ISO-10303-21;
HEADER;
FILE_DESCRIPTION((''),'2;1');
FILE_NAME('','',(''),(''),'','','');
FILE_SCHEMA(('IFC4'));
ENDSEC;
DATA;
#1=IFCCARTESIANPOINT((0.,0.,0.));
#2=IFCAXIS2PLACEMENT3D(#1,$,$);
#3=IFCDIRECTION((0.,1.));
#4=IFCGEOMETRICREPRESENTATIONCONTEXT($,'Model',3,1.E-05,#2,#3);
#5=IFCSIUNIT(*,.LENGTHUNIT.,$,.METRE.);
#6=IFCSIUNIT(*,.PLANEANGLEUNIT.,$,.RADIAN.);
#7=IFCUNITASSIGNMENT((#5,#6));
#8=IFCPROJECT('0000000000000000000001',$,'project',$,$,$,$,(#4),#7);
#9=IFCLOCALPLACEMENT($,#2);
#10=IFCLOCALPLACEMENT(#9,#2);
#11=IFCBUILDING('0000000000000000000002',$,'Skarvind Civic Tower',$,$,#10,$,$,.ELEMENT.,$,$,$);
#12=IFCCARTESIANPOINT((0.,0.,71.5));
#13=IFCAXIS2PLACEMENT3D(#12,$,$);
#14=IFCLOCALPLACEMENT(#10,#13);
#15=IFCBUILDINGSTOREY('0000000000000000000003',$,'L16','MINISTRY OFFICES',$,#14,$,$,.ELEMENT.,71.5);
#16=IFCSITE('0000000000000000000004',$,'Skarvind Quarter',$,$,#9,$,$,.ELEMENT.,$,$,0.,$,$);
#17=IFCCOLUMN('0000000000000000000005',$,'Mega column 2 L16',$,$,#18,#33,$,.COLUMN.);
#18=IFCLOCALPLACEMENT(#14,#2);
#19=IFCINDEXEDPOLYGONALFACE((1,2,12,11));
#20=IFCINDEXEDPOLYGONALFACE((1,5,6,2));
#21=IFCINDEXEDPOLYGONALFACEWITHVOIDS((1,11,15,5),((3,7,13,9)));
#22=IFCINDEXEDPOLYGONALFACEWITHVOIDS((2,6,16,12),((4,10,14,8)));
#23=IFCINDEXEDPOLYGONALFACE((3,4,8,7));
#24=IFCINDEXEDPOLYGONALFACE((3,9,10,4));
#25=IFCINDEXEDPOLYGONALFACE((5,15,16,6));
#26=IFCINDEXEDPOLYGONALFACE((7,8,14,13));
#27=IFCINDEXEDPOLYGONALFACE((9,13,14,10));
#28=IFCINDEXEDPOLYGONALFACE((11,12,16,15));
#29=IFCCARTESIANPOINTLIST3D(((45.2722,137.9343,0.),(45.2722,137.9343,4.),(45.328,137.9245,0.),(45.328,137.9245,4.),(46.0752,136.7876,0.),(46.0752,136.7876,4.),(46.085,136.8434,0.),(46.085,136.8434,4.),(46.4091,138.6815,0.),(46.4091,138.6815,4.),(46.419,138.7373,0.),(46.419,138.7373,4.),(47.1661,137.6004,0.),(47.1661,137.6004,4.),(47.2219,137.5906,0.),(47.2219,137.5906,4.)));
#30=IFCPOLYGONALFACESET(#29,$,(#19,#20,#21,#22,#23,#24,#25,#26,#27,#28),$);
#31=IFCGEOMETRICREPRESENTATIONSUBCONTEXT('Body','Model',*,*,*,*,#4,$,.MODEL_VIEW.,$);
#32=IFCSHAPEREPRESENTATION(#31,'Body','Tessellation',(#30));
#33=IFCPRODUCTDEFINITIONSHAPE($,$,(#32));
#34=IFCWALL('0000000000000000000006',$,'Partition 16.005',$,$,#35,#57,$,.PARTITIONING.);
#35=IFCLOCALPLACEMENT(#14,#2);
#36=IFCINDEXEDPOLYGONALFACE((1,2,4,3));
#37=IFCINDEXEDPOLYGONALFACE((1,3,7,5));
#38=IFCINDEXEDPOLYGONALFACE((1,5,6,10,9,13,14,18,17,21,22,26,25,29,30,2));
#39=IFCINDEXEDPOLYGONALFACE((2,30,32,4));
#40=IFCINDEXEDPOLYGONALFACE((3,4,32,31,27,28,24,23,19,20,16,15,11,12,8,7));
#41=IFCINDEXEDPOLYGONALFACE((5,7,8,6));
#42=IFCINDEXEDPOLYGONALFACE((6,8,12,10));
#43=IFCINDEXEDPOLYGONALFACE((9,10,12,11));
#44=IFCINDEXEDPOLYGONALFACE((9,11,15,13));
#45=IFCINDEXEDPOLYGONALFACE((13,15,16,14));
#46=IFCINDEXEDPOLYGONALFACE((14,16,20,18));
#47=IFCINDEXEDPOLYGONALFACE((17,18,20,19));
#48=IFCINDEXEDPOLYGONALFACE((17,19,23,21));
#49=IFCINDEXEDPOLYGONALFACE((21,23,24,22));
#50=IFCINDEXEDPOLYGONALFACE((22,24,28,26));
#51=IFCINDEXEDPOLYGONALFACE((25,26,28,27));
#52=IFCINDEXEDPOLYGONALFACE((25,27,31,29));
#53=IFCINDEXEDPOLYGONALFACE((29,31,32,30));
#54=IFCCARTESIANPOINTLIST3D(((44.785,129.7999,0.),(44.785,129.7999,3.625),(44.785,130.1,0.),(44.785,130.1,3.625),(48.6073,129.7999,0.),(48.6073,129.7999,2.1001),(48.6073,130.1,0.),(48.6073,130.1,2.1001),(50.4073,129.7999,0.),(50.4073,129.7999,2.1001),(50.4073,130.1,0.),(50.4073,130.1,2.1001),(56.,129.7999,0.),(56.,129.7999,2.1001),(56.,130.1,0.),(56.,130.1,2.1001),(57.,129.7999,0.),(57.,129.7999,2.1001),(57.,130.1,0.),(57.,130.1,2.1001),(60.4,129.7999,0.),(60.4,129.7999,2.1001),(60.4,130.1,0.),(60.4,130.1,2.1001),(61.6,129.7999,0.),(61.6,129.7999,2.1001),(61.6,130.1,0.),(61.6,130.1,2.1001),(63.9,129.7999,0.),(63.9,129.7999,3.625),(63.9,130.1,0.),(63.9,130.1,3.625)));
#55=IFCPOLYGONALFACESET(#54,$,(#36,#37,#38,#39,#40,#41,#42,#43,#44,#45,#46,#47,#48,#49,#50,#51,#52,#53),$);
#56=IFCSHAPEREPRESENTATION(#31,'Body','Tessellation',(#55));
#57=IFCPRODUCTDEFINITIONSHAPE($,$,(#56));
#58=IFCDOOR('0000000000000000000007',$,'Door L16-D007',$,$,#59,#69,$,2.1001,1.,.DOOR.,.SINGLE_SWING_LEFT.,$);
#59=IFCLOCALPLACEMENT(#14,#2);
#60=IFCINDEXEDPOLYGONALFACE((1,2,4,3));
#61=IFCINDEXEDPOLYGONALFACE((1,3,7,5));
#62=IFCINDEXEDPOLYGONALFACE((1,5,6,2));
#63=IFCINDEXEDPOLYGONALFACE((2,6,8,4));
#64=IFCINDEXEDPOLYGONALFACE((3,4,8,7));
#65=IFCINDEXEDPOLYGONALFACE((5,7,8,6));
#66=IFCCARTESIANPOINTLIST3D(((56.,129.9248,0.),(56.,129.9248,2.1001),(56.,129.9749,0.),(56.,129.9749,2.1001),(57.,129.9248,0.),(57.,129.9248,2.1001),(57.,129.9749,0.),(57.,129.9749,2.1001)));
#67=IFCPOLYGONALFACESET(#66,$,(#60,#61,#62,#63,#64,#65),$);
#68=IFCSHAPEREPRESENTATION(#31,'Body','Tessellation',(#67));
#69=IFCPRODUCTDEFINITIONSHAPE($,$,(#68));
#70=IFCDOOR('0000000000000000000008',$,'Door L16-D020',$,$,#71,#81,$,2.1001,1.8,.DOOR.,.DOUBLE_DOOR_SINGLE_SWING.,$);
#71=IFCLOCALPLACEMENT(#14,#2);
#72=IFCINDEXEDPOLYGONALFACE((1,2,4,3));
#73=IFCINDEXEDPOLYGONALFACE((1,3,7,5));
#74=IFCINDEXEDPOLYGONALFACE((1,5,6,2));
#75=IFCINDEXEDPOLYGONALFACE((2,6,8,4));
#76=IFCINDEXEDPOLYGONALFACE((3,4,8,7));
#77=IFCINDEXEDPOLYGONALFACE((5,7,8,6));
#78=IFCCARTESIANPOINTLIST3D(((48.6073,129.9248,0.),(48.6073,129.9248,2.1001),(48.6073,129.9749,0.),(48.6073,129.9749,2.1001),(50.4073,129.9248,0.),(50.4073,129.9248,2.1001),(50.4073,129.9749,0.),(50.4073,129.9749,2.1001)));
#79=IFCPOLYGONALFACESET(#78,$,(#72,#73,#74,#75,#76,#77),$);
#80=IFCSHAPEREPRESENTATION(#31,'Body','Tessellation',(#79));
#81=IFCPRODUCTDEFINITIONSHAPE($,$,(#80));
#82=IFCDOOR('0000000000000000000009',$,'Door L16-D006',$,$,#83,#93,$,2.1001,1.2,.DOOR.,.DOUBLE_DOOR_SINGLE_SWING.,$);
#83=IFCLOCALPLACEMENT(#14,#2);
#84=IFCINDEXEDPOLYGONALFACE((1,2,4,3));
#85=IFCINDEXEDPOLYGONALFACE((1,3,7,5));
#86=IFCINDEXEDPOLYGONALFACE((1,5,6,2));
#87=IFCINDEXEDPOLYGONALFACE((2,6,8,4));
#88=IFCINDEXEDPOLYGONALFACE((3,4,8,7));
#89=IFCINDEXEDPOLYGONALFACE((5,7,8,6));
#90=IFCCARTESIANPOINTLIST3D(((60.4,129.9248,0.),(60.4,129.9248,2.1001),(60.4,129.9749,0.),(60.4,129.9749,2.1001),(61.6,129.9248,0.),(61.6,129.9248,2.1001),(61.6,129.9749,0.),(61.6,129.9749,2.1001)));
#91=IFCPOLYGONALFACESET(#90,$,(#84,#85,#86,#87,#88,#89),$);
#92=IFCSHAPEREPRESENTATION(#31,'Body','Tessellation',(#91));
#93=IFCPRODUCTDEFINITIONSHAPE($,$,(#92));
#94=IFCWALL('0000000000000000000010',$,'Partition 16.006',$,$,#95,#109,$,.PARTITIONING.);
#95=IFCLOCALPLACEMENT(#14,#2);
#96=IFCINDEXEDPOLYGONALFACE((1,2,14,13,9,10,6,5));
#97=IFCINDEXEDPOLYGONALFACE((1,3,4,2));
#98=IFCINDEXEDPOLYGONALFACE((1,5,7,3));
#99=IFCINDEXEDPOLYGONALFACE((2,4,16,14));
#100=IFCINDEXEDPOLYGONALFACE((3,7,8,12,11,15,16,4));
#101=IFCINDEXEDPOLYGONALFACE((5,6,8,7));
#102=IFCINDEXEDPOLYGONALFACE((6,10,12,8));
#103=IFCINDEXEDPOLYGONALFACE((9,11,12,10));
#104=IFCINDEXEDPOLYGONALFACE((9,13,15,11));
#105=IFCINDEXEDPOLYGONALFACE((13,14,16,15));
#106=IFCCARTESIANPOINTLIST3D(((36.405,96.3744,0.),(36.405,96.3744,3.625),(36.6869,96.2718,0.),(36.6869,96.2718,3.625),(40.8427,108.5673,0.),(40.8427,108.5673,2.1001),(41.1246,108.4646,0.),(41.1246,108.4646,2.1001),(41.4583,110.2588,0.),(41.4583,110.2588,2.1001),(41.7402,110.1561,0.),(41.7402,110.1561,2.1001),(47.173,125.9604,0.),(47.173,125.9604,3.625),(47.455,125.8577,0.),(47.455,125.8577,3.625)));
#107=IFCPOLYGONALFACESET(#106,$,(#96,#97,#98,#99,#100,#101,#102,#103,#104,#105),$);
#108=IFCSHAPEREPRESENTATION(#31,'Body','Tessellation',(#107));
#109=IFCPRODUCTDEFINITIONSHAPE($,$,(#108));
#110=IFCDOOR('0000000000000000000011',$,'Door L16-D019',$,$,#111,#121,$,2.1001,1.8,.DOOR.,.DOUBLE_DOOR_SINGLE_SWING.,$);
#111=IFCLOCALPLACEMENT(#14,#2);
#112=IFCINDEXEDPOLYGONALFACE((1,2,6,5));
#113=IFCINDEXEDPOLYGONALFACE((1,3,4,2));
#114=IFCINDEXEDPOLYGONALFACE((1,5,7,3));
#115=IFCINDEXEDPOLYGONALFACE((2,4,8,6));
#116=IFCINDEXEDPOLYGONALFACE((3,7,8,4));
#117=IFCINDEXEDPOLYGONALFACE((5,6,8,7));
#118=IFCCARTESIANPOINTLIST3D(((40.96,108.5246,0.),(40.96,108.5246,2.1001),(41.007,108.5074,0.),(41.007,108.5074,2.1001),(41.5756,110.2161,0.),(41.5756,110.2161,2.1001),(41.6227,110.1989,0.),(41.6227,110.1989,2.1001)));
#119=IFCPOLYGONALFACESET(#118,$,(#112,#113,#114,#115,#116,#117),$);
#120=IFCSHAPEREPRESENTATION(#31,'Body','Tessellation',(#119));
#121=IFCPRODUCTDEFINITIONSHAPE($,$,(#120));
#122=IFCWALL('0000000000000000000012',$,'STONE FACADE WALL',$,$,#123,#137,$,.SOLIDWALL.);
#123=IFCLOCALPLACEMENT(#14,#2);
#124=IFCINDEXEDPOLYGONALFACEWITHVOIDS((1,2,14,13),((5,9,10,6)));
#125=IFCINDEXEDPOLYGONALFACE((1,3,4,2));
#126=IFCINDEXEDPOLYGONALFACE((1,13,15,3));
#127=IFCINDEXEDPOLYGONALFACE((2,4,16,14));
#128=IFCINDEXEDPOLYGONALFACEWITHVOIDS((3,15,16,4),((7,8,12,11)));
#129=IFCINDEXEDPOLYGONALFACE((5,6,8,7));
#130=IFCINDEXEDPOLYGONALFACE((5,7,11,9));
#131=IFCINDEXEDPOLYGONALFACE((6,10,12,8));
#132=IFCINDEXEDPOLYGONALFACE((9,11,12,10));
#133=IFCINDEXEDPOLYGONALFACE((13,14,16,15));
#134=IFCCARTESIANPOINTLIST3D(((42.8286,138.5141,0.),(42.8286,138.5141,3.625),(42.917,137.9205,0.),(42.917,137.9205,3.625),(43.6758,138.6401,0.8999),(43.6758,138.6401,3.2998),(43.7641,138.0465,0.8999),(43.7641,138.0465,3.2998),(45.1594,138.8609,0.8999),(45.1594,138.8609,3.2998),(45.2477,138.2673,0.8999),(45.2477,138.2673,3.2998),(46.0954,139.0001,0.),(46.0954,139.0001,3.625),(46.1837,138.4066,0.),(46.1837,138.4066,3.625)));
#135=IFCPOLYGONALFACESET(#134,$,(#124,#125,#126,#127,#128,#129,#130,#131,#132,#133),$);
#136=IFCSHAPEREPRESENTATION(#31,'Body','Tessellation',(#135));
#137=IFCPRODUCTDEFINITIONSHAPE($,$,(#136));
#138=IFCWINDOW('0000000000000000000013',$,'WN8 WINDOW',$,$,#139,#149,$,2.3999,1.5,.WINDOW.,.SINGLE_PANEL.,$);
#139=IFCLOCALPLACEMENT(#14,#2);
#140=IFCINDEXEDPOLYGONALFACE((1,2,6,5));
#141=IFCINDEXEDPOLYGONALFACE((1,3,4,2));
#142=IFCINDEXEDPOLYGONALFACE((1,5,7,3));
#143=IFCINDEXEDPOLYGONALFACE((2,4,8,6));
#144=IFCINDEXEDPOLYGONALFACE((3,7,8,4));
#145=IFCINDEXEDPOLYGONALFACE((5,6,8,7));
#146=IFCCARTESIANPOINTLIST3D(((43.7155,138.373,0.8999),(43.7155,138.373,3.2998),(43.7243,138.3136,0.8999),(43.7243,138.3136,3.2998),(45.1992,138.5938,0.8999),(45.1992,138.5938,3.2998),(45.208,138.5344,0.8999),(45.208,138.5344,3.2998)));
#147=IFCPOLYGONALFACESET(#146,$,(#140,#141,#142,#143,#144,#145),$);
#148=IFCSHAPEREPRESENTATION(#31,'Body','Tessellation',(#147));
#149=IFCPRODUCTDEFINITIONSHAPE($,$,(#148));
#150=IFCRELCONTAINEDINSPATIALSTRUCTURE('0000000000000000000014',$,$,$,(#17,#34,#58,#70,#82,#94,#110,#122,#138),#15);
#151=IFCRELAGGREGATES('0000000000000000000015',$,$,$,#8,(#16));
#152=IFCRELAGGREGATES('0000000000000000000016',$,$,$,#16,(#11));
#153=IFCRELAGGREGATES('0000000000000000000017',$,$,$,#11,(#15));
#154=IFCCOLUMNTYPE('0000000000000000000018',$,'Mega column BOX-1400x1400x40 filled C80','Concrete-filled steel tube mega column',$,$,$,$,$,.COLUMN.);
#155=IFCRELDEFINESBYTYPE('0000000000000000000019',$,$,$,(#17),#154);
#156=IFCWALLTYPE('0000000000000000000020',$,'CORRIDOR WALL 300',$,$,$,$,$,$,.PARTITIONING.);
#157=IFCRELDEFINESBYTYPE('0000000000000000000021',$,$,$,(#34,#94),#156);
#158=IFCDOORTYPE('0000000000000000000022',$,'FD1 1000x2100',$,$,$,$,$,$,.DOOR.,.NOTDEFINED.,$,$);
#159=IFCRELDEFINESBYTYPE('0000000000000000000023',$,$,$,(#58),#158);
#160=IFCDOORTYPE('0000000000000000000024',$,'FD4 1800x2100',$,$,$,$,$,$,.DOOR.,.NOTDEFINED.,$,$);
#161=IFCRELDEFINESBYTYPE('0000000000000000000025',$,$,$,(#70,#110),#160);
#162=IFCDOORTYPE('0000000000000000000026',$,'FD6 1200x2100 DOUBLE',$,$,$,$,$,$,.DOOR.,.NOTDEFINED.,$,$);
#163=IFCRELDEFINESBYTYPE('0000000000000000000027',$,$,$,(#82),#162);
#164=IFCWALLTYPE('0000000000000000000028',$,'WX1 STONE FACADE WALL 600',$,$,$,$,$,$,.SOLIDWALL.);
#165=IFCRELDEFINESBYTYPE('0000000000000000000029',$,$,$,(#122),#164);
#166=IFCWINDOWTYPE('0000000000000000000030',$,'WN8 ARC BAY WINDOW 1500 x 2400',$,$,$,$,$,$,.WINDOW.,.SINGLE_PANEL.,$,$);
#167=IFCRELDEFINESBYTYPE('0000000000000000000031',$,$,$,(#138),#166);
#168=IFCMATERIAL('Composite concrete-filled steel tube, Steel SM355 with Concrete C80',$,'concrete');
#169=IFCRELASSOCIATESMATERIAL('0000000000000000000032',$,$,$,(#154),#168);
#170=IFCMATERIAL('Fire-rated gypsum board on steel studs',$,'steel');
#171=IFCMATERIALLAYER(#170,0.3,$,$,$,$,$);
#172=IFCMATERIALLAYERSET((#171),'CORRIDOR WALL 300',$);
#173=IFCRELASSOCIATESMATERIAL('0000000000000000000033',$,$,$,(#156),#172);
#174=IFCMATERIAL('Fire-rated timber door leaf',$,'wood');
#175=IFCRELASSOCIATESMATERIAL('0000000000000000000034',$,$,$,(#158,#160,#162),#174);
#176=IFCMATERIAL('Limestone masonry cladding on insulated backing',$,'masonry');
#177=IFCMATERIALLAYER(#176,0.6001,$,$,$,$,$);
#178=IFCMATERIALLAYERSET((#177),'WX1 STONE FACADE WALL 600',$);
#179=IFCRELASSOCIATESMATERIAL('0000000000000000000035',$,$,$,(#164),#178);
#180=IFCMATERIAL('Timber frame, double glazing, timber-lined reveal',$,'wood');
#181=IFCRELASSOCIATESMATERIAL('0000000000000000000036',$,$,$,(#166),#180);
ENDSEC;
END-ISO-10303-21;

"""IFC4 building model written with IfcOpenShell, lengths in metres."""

from ifc_helpers import new_model, si_unit, direction, frame, frame_2d, origin, origin_2d, place, context, subcontext, project, spatial, rectangle, hollow_rectangle, extrude, material, layer, layer_set, material_profile, profile_set, type_object, element, fill, save


model = new_model("IFC4")

# Units and contexts
model_context = context("Model", 3, precision=1e-05, world=origin(), true_north=direction((0.0, 1.0)))
body_context = subcontext(model_context, "Body", "Model", "MODEL_VIEW")
ifc_project = project(units=[si_unit("LENGTHUNIT", "METRE"), si_unit("PLANEANGLEUNIT", "RADIAN")], contexts=[model_context])

# Site, building, storey
site_placement = place(None, origin())
site = spatial("IfcSite", under=ifc_project, at=site_placement, Name="Skarvind Quarter", CompositionType="ELEMENT", RefElevation=0.0)
building_placement = place(site_placement, origin())
building = spatial("IfcBuilding", under=site, at=building_placement, Name="Skarvind Civic Tower", CompositionType="ELEMENT")
storey_placement = place(building_placement, frame((0.0, 0.0, 71.5)))
storey = spatial("IfcBuildingStorey", under=building, at=storey_placement, Name="L16", Description="MINISTRY OFFICES", CompositionType="ELEMENT", Elevation=71.5)

# Column
ifc_material_1 = material(Name="Composite concrete-filled steel tube, Steel SM355 with Concrete C80", Category="concrete")
ifc_material_profile = material_profile(ifc_material_1, hollow_rectangle(XDim=1.3999, YDim=1.3999, WallThickness=0.04, at=origin_2d()), Name="BOX-1400x1400x40")
ifc_profile_set = profile_set([ifc_material_profile], Name="Composite concrete-filled steel tube, Steel SM355 with Concrete C80")
column_type = type_object("IfcColumnType", Name="Mega column BOX-1400x1400x40 filled C80", Description="Concrete-filled steel tube mega column", PredefinedType="COLUMN", material=ifc_profile_set)
column_placement = place(storey_placement, frame((46.2471, 137.7625, 0.0), z_axis=(0.0, 0.0, 1.0), x_axis=(0.573576, -0.819152, 0.0)))
element("IfcColumn", 1, at=column_placement, inside=storey, type_object=column_type, Name="Mega column 2 L16", PredefinedType="COLUMN", context=body_context, shape_type="SweptSolid", body=[
    extrude(hollow_rectangle(XDim=1.3999, YDim=1.3999, WallThickness=0.04, at=origin_2d()), origin(), (0.0, 0.0, 1.0), 4.0),
])

# Wall, openings, doors
ifc_material_2 = material(Name="Fire-rated gypsum board on steel studs", Category="steel")
ifc_layer_1 = layer(ifc_material_2, 0.3)
ifc_layer_set_1 = layer_set([ifc_layer_1], Name="CORRIDOR WALL 300")
wall_type_1 = type_object("IfcWallType", Name="CORRIDOR WALL 300", PredefinedType="PARTITIONING", material=ifc_layer_set_1)
wall_1_placement = place(storey_placement, frame((44.7849, 129.95, 0.0), z_axis=(0.0, 0.0, 1.0), x_axis=(1.0, 0.0, 0.0)))
wall_1 = element("IfcWall", 2, at=wall_1_placement, inside=storey, type_object=wall_type_1, Name="Partition 16.005", PredefinedType="PARTITIONING", context=body_context, shape_type="SweptSolid", body=[
    extrude(rectangle(XDim=19.115, YDim=0.3, at=frame_2d((9.5576, 0.0))), origin(), (0.0, 0.0, 1.0), 3.625),
])
opening_1_placement = place(wall_1_placement, frame((15.615, 0.0, 0.0)))
opening_1 = element("IfcOpeningElement", 3, at=opening_1_placement, cuts=wall_1, PredefinedType="OPENING", context=body_context, shape_type="SweptSolid", body=[
    extrude(rectangle(XDim=1.2, YDim=2.1001, at=frame_2d((0.6001, 1.05))), frame((0.0, 0.1599, 0.0), z_axis=(0.0, -1.0, 0.0), x_axis=(1.0, 0.0, 0.0)), (0.0, 0.0, 1.0), 0.3201),
])
opening_2_placement = place(wall_1_placement, frame((11.2151, 0.0, 0.0)))
opening_2 = element("IfcOpeningElement", 4, at=opening_2_placement, cuts=wall_1, PredefinedType="OPENING", context=body_context, shape_type="SweptSolid", body=[
    extrude(rectangle(XDim=1.0, YDim=2.1001, at=frame_2d((0.5, 1.05))), frame((0.0, 0.1599, 0.0), z_axis=(0.0, -1.0, 0.0), x_axis=(1.0, 0.0, 0.0)), (0.0, 0.0, 1.0), 0.3201),
])
opening_3_placement = place(wall_1_placement, frame((3.8225, 0.0, 0.0)))
opening_3 = element("IfcOpeningElement", 5, at=opening_3_placement, cuts=wall_1, PredefinedType="OPENING", context=body_context, shape_type="SweptSolid", body=[
    extrude(rectangle(XDim=1.8, YDim=2.1001, at=frame_2d((0.8999, 1.05))), frame((0.0, 0.1599, 0.0), z_axis=(0.0, -1.0, 0.0), x_axis=(1.0, 0.0, 0.0)), (0.0, 0.0, 1.0), 0.3201),
])
ifc_material_3 = material(Name="Fire-rated timber door leaf", Category="wood")
door_type_1 = type_object("IfcDoorType", Name="FD1 1000x2100", OperationType="NOTDEFINED", PredefinedType="DOOR", material=ifc_material_3)
door_1_placement = place(opening_2_placement, origin())
door_1 = element("IfcDoor", 6, at=door_1_placement, inside=storey, type_object=door_type_1, Name="Door L16-D007", OperationType="SINGLE_SWING_LEFT", OverallHeight=2.1001, OverallWidth=1.0, PredefinedType="DOOR", context=body_context, shape_type="SweptSolid", body=[
    extrude(rectangle(XDim=1.0, YDim=2.1001, at=frame_2d((0.5, 1.05))), frame((0.0, 0.0249, 0.0), z_axis=(0.0, -1.0, 0.0), x_axis=(1.0, 0.0, 0.0)), (0.0, 0.0, 1.0), 0.05),
])
fill(opening_2, door_1)
door_type_2 = type_object("IfcDoorType", Name="FD4 1800x2100", OperationType="NOTDEFINED", PredefinedType="DOOR", material=ifc_material_3)
door_2_placement = place(opening_3_placement, origin())
door_2 = element("IfcDoor", 7, at=door_2_placement, inside=storey, type_object=door_type_2, Name="Door L16-D020", OperationType="DOUBLE_DOOR_SINGLE_SWING", OverallHeight=2.1001, OverallWidth=1.8, PredefinedType="DOOR", context=body_context, shape_type="SweptSolid", body=[
    extrude(rectangle(XDim=1.8, YDim=2.1001, at=frame_2d((0.8999, 1.05))), frame((0.0, 0.0249, 0.0), z_axis=(0.0, -1.0, 0.0), x_axis=(1.0, 0.0, 0.0)), (0.0, 0.0, 1.0), 0.05),
])
fill(opening_3, door_2)
door_type_3 = type_object("IfcDoorType", Name="FD6 1200x2100 DOUBLE", OperationType="NOTDEFINED", PredefinedType="DOOR", material=ifc_material_3)
door_3_placement = place(opening_1_placement, origin())
door_3 = element("IfcDoor", 8, at=door_3_placement, inside=storey, type_object=door_type_3, Name="Door L16-D006", OperationType="DOUBLE_DOOR_SINGLE_SWING", OverallHeight=2.1001, OverallWidth=1.2, PredefinedType="DOOR", context=body_context, shape_type="SweptSolid", body=[
    extrude(rectangle(XDim=1.2, YDim=2.1001, at=frame_2d((0.6001, 1.05))), frame((0.0, 0.0249, 0.0), z_axis=(0.0, -1.0, 0.0), x_axis=(1.0, 0.0, 0.0)), (0.0, 0.0, 1.0), 0.05),
])
fill(opening_1, door_3)

# Wall, opening, door
wall_2_placement = place(storey_placement, frame((47.314, 125.9089, 0.0), z_axis=(0.0, 0.0, 1.0), x_axis=(-0.342011, -0.939696, 0.0)))
wall_2 = element("IfcWall", 9, at=wall_2_placement, inside=storey, type_object=wall_type_1, Name="Partition 16.006", PredefinedType="PARTITIONING", context=body_context, shape_type="SweptSolid", body=[
    extrude(rectangle(XDim=31.4846, YDim=0.3, at=frame_2d((15.7422, 0.0))), origin(), (0.0, 0.0, 1.0), 3.625),
])
opening_4_placement = place(wall_2_placement, frame((16.7092, 0.0, 0.0)))
opening_4 = element("IfcOpeningElement", 10, at=opening_4_placement, cuts=wall_2, PredefinedType="OPENING", context=body_context, shape_type="SweptSolid", body=[
    extrude(rectangle(XDim=1.8, YDim=2.1001, at=frame_2d((0.8999, 1.05))), frame((0.0, 0.1599, 0.0), z_axis=(0.0, -1.0, 0.0), x_axis=(1.0, 0.0, 0.0)), (0.0, 0.0, 1.0), 0.3201),
])
door_4_placement = place(opening_4_placement, origin())
door_4 = element("IfcDoor", 11, at=door_4_placement, inside=storey, type_object=door_type_2, Name="Door L16-D019", OperationType="DOUBLE_DOOR_SINGLE_SWING", OverallHeight=2.1001, OverallWidth=1.8, PredefinedType="DOOR", context=body_context, shape_type="SweptSolid", body=[
    extrude(rectangle(XDim=1.8, YDim=2.1001, at=frame_2d((0.8999, 1.05))), frame((0.0, 0.0249, 0.0), z_axis=(0.0, -1.0, 0.0), x_axis=(1.0, 0.0, 0.0)), (0.0, 0.0, 1.0), 0.05),
])
fill(opening_4, door_4)

# Shared definitions
ifc_material_4 = material(Name="Limestone masonry cladding on insulated backing", Category="masonry")
ifc_layer_2 = layer(ifc_material_4, 0.6001)
ifc_layer_set_2 = layer_set([ifc_layer_2], Name="WX1 STONE FACADE WALL 600")
wall_type_2 = type_object("IfcWallType", Name="WX1 STONE FACADE WALL 600", PredefinedType="SOLIDWALL", material=ifc_layer_set_2)
ifc_material_5 = material(Name="Timber frame, double glazing, timber-lined reveal", Category="wood")

# Wall, opening, window
wall_3_placement = place(storey_placement, frame((42.8728, 138.2173, 0.0), z_axis=(0.0, 0.0, 1.0), x_axis=(0.989111, 0.147173, 0.0)))
wall_3 = element("IfcWall", 12, at=wall_3_placement, inside=storey, type_object=wall_type_2, Name="STONE FACADE WALL", PredefinedType="SOLIDWALL", context=body_context, shape_type="SweptSolid", body=[
    extrude(rectangle(XDim=3.3027, YDim=0.6001, at=frame_2d((1.6514, 0.0))), origin(), (0.0, 0.0, 1.0), 3.625),
])
opening_5_placement = place(wall_3_placement, frame((0.8564, 0.0, 0.8999)))
opening_5 = element("IfcOpeningElement", 13, at=opening_5_placement, cuts=wall_3, PredefinedType="OPENING", context=body_context, shape_type="SweptSolid", body=[
    extrude(rectangle(XDim=1.5, YDim=2.3999, at=frame_2d((0.75, 1.2))), frame((0.0, 0.3101, 0.0), z_axis=(0.0, -1.0, 0.0), x_axis=(1.0, 0.0, 0.0)), (0.0, 0.0, 1.0), 0.6201),
])
window_type_1 = type_object("IfcWindowType", Name="WN8 ARC BAY WINDOW 1500 x 2400", PartitioningType="SINGLE_PANEL", PredefinedType="WINDOW", material=ifc_material_5)
window_1_placement = place(opening_5_placement, origin())
window_1 = element("IfcWindow", 14, at=window_1_placement, inside=storey, type_object=window_type_1, Name="WN8 WINDOW", OverallHeight=2.3999, OverallWidth=1.5, PartitioningType="SINGLE_PANEL", PredefinedType="WINDOW", context=body_context, shape_type="SweptSolid", body=[
    extrude(rectangle(XDim=1.5, YDim=2.3999, at=frame_2d((0.75, 1.2))), frame((0.0, 0.03, 0.0), z_axis=(0.0, -1.0, 0.0), x_axis=(1.0, 0.0, 0.0)), (0.0, 0.0, 1.0), 0.0601),
])
fill(opening_5, window_1)

save(model, "model.ifc")
